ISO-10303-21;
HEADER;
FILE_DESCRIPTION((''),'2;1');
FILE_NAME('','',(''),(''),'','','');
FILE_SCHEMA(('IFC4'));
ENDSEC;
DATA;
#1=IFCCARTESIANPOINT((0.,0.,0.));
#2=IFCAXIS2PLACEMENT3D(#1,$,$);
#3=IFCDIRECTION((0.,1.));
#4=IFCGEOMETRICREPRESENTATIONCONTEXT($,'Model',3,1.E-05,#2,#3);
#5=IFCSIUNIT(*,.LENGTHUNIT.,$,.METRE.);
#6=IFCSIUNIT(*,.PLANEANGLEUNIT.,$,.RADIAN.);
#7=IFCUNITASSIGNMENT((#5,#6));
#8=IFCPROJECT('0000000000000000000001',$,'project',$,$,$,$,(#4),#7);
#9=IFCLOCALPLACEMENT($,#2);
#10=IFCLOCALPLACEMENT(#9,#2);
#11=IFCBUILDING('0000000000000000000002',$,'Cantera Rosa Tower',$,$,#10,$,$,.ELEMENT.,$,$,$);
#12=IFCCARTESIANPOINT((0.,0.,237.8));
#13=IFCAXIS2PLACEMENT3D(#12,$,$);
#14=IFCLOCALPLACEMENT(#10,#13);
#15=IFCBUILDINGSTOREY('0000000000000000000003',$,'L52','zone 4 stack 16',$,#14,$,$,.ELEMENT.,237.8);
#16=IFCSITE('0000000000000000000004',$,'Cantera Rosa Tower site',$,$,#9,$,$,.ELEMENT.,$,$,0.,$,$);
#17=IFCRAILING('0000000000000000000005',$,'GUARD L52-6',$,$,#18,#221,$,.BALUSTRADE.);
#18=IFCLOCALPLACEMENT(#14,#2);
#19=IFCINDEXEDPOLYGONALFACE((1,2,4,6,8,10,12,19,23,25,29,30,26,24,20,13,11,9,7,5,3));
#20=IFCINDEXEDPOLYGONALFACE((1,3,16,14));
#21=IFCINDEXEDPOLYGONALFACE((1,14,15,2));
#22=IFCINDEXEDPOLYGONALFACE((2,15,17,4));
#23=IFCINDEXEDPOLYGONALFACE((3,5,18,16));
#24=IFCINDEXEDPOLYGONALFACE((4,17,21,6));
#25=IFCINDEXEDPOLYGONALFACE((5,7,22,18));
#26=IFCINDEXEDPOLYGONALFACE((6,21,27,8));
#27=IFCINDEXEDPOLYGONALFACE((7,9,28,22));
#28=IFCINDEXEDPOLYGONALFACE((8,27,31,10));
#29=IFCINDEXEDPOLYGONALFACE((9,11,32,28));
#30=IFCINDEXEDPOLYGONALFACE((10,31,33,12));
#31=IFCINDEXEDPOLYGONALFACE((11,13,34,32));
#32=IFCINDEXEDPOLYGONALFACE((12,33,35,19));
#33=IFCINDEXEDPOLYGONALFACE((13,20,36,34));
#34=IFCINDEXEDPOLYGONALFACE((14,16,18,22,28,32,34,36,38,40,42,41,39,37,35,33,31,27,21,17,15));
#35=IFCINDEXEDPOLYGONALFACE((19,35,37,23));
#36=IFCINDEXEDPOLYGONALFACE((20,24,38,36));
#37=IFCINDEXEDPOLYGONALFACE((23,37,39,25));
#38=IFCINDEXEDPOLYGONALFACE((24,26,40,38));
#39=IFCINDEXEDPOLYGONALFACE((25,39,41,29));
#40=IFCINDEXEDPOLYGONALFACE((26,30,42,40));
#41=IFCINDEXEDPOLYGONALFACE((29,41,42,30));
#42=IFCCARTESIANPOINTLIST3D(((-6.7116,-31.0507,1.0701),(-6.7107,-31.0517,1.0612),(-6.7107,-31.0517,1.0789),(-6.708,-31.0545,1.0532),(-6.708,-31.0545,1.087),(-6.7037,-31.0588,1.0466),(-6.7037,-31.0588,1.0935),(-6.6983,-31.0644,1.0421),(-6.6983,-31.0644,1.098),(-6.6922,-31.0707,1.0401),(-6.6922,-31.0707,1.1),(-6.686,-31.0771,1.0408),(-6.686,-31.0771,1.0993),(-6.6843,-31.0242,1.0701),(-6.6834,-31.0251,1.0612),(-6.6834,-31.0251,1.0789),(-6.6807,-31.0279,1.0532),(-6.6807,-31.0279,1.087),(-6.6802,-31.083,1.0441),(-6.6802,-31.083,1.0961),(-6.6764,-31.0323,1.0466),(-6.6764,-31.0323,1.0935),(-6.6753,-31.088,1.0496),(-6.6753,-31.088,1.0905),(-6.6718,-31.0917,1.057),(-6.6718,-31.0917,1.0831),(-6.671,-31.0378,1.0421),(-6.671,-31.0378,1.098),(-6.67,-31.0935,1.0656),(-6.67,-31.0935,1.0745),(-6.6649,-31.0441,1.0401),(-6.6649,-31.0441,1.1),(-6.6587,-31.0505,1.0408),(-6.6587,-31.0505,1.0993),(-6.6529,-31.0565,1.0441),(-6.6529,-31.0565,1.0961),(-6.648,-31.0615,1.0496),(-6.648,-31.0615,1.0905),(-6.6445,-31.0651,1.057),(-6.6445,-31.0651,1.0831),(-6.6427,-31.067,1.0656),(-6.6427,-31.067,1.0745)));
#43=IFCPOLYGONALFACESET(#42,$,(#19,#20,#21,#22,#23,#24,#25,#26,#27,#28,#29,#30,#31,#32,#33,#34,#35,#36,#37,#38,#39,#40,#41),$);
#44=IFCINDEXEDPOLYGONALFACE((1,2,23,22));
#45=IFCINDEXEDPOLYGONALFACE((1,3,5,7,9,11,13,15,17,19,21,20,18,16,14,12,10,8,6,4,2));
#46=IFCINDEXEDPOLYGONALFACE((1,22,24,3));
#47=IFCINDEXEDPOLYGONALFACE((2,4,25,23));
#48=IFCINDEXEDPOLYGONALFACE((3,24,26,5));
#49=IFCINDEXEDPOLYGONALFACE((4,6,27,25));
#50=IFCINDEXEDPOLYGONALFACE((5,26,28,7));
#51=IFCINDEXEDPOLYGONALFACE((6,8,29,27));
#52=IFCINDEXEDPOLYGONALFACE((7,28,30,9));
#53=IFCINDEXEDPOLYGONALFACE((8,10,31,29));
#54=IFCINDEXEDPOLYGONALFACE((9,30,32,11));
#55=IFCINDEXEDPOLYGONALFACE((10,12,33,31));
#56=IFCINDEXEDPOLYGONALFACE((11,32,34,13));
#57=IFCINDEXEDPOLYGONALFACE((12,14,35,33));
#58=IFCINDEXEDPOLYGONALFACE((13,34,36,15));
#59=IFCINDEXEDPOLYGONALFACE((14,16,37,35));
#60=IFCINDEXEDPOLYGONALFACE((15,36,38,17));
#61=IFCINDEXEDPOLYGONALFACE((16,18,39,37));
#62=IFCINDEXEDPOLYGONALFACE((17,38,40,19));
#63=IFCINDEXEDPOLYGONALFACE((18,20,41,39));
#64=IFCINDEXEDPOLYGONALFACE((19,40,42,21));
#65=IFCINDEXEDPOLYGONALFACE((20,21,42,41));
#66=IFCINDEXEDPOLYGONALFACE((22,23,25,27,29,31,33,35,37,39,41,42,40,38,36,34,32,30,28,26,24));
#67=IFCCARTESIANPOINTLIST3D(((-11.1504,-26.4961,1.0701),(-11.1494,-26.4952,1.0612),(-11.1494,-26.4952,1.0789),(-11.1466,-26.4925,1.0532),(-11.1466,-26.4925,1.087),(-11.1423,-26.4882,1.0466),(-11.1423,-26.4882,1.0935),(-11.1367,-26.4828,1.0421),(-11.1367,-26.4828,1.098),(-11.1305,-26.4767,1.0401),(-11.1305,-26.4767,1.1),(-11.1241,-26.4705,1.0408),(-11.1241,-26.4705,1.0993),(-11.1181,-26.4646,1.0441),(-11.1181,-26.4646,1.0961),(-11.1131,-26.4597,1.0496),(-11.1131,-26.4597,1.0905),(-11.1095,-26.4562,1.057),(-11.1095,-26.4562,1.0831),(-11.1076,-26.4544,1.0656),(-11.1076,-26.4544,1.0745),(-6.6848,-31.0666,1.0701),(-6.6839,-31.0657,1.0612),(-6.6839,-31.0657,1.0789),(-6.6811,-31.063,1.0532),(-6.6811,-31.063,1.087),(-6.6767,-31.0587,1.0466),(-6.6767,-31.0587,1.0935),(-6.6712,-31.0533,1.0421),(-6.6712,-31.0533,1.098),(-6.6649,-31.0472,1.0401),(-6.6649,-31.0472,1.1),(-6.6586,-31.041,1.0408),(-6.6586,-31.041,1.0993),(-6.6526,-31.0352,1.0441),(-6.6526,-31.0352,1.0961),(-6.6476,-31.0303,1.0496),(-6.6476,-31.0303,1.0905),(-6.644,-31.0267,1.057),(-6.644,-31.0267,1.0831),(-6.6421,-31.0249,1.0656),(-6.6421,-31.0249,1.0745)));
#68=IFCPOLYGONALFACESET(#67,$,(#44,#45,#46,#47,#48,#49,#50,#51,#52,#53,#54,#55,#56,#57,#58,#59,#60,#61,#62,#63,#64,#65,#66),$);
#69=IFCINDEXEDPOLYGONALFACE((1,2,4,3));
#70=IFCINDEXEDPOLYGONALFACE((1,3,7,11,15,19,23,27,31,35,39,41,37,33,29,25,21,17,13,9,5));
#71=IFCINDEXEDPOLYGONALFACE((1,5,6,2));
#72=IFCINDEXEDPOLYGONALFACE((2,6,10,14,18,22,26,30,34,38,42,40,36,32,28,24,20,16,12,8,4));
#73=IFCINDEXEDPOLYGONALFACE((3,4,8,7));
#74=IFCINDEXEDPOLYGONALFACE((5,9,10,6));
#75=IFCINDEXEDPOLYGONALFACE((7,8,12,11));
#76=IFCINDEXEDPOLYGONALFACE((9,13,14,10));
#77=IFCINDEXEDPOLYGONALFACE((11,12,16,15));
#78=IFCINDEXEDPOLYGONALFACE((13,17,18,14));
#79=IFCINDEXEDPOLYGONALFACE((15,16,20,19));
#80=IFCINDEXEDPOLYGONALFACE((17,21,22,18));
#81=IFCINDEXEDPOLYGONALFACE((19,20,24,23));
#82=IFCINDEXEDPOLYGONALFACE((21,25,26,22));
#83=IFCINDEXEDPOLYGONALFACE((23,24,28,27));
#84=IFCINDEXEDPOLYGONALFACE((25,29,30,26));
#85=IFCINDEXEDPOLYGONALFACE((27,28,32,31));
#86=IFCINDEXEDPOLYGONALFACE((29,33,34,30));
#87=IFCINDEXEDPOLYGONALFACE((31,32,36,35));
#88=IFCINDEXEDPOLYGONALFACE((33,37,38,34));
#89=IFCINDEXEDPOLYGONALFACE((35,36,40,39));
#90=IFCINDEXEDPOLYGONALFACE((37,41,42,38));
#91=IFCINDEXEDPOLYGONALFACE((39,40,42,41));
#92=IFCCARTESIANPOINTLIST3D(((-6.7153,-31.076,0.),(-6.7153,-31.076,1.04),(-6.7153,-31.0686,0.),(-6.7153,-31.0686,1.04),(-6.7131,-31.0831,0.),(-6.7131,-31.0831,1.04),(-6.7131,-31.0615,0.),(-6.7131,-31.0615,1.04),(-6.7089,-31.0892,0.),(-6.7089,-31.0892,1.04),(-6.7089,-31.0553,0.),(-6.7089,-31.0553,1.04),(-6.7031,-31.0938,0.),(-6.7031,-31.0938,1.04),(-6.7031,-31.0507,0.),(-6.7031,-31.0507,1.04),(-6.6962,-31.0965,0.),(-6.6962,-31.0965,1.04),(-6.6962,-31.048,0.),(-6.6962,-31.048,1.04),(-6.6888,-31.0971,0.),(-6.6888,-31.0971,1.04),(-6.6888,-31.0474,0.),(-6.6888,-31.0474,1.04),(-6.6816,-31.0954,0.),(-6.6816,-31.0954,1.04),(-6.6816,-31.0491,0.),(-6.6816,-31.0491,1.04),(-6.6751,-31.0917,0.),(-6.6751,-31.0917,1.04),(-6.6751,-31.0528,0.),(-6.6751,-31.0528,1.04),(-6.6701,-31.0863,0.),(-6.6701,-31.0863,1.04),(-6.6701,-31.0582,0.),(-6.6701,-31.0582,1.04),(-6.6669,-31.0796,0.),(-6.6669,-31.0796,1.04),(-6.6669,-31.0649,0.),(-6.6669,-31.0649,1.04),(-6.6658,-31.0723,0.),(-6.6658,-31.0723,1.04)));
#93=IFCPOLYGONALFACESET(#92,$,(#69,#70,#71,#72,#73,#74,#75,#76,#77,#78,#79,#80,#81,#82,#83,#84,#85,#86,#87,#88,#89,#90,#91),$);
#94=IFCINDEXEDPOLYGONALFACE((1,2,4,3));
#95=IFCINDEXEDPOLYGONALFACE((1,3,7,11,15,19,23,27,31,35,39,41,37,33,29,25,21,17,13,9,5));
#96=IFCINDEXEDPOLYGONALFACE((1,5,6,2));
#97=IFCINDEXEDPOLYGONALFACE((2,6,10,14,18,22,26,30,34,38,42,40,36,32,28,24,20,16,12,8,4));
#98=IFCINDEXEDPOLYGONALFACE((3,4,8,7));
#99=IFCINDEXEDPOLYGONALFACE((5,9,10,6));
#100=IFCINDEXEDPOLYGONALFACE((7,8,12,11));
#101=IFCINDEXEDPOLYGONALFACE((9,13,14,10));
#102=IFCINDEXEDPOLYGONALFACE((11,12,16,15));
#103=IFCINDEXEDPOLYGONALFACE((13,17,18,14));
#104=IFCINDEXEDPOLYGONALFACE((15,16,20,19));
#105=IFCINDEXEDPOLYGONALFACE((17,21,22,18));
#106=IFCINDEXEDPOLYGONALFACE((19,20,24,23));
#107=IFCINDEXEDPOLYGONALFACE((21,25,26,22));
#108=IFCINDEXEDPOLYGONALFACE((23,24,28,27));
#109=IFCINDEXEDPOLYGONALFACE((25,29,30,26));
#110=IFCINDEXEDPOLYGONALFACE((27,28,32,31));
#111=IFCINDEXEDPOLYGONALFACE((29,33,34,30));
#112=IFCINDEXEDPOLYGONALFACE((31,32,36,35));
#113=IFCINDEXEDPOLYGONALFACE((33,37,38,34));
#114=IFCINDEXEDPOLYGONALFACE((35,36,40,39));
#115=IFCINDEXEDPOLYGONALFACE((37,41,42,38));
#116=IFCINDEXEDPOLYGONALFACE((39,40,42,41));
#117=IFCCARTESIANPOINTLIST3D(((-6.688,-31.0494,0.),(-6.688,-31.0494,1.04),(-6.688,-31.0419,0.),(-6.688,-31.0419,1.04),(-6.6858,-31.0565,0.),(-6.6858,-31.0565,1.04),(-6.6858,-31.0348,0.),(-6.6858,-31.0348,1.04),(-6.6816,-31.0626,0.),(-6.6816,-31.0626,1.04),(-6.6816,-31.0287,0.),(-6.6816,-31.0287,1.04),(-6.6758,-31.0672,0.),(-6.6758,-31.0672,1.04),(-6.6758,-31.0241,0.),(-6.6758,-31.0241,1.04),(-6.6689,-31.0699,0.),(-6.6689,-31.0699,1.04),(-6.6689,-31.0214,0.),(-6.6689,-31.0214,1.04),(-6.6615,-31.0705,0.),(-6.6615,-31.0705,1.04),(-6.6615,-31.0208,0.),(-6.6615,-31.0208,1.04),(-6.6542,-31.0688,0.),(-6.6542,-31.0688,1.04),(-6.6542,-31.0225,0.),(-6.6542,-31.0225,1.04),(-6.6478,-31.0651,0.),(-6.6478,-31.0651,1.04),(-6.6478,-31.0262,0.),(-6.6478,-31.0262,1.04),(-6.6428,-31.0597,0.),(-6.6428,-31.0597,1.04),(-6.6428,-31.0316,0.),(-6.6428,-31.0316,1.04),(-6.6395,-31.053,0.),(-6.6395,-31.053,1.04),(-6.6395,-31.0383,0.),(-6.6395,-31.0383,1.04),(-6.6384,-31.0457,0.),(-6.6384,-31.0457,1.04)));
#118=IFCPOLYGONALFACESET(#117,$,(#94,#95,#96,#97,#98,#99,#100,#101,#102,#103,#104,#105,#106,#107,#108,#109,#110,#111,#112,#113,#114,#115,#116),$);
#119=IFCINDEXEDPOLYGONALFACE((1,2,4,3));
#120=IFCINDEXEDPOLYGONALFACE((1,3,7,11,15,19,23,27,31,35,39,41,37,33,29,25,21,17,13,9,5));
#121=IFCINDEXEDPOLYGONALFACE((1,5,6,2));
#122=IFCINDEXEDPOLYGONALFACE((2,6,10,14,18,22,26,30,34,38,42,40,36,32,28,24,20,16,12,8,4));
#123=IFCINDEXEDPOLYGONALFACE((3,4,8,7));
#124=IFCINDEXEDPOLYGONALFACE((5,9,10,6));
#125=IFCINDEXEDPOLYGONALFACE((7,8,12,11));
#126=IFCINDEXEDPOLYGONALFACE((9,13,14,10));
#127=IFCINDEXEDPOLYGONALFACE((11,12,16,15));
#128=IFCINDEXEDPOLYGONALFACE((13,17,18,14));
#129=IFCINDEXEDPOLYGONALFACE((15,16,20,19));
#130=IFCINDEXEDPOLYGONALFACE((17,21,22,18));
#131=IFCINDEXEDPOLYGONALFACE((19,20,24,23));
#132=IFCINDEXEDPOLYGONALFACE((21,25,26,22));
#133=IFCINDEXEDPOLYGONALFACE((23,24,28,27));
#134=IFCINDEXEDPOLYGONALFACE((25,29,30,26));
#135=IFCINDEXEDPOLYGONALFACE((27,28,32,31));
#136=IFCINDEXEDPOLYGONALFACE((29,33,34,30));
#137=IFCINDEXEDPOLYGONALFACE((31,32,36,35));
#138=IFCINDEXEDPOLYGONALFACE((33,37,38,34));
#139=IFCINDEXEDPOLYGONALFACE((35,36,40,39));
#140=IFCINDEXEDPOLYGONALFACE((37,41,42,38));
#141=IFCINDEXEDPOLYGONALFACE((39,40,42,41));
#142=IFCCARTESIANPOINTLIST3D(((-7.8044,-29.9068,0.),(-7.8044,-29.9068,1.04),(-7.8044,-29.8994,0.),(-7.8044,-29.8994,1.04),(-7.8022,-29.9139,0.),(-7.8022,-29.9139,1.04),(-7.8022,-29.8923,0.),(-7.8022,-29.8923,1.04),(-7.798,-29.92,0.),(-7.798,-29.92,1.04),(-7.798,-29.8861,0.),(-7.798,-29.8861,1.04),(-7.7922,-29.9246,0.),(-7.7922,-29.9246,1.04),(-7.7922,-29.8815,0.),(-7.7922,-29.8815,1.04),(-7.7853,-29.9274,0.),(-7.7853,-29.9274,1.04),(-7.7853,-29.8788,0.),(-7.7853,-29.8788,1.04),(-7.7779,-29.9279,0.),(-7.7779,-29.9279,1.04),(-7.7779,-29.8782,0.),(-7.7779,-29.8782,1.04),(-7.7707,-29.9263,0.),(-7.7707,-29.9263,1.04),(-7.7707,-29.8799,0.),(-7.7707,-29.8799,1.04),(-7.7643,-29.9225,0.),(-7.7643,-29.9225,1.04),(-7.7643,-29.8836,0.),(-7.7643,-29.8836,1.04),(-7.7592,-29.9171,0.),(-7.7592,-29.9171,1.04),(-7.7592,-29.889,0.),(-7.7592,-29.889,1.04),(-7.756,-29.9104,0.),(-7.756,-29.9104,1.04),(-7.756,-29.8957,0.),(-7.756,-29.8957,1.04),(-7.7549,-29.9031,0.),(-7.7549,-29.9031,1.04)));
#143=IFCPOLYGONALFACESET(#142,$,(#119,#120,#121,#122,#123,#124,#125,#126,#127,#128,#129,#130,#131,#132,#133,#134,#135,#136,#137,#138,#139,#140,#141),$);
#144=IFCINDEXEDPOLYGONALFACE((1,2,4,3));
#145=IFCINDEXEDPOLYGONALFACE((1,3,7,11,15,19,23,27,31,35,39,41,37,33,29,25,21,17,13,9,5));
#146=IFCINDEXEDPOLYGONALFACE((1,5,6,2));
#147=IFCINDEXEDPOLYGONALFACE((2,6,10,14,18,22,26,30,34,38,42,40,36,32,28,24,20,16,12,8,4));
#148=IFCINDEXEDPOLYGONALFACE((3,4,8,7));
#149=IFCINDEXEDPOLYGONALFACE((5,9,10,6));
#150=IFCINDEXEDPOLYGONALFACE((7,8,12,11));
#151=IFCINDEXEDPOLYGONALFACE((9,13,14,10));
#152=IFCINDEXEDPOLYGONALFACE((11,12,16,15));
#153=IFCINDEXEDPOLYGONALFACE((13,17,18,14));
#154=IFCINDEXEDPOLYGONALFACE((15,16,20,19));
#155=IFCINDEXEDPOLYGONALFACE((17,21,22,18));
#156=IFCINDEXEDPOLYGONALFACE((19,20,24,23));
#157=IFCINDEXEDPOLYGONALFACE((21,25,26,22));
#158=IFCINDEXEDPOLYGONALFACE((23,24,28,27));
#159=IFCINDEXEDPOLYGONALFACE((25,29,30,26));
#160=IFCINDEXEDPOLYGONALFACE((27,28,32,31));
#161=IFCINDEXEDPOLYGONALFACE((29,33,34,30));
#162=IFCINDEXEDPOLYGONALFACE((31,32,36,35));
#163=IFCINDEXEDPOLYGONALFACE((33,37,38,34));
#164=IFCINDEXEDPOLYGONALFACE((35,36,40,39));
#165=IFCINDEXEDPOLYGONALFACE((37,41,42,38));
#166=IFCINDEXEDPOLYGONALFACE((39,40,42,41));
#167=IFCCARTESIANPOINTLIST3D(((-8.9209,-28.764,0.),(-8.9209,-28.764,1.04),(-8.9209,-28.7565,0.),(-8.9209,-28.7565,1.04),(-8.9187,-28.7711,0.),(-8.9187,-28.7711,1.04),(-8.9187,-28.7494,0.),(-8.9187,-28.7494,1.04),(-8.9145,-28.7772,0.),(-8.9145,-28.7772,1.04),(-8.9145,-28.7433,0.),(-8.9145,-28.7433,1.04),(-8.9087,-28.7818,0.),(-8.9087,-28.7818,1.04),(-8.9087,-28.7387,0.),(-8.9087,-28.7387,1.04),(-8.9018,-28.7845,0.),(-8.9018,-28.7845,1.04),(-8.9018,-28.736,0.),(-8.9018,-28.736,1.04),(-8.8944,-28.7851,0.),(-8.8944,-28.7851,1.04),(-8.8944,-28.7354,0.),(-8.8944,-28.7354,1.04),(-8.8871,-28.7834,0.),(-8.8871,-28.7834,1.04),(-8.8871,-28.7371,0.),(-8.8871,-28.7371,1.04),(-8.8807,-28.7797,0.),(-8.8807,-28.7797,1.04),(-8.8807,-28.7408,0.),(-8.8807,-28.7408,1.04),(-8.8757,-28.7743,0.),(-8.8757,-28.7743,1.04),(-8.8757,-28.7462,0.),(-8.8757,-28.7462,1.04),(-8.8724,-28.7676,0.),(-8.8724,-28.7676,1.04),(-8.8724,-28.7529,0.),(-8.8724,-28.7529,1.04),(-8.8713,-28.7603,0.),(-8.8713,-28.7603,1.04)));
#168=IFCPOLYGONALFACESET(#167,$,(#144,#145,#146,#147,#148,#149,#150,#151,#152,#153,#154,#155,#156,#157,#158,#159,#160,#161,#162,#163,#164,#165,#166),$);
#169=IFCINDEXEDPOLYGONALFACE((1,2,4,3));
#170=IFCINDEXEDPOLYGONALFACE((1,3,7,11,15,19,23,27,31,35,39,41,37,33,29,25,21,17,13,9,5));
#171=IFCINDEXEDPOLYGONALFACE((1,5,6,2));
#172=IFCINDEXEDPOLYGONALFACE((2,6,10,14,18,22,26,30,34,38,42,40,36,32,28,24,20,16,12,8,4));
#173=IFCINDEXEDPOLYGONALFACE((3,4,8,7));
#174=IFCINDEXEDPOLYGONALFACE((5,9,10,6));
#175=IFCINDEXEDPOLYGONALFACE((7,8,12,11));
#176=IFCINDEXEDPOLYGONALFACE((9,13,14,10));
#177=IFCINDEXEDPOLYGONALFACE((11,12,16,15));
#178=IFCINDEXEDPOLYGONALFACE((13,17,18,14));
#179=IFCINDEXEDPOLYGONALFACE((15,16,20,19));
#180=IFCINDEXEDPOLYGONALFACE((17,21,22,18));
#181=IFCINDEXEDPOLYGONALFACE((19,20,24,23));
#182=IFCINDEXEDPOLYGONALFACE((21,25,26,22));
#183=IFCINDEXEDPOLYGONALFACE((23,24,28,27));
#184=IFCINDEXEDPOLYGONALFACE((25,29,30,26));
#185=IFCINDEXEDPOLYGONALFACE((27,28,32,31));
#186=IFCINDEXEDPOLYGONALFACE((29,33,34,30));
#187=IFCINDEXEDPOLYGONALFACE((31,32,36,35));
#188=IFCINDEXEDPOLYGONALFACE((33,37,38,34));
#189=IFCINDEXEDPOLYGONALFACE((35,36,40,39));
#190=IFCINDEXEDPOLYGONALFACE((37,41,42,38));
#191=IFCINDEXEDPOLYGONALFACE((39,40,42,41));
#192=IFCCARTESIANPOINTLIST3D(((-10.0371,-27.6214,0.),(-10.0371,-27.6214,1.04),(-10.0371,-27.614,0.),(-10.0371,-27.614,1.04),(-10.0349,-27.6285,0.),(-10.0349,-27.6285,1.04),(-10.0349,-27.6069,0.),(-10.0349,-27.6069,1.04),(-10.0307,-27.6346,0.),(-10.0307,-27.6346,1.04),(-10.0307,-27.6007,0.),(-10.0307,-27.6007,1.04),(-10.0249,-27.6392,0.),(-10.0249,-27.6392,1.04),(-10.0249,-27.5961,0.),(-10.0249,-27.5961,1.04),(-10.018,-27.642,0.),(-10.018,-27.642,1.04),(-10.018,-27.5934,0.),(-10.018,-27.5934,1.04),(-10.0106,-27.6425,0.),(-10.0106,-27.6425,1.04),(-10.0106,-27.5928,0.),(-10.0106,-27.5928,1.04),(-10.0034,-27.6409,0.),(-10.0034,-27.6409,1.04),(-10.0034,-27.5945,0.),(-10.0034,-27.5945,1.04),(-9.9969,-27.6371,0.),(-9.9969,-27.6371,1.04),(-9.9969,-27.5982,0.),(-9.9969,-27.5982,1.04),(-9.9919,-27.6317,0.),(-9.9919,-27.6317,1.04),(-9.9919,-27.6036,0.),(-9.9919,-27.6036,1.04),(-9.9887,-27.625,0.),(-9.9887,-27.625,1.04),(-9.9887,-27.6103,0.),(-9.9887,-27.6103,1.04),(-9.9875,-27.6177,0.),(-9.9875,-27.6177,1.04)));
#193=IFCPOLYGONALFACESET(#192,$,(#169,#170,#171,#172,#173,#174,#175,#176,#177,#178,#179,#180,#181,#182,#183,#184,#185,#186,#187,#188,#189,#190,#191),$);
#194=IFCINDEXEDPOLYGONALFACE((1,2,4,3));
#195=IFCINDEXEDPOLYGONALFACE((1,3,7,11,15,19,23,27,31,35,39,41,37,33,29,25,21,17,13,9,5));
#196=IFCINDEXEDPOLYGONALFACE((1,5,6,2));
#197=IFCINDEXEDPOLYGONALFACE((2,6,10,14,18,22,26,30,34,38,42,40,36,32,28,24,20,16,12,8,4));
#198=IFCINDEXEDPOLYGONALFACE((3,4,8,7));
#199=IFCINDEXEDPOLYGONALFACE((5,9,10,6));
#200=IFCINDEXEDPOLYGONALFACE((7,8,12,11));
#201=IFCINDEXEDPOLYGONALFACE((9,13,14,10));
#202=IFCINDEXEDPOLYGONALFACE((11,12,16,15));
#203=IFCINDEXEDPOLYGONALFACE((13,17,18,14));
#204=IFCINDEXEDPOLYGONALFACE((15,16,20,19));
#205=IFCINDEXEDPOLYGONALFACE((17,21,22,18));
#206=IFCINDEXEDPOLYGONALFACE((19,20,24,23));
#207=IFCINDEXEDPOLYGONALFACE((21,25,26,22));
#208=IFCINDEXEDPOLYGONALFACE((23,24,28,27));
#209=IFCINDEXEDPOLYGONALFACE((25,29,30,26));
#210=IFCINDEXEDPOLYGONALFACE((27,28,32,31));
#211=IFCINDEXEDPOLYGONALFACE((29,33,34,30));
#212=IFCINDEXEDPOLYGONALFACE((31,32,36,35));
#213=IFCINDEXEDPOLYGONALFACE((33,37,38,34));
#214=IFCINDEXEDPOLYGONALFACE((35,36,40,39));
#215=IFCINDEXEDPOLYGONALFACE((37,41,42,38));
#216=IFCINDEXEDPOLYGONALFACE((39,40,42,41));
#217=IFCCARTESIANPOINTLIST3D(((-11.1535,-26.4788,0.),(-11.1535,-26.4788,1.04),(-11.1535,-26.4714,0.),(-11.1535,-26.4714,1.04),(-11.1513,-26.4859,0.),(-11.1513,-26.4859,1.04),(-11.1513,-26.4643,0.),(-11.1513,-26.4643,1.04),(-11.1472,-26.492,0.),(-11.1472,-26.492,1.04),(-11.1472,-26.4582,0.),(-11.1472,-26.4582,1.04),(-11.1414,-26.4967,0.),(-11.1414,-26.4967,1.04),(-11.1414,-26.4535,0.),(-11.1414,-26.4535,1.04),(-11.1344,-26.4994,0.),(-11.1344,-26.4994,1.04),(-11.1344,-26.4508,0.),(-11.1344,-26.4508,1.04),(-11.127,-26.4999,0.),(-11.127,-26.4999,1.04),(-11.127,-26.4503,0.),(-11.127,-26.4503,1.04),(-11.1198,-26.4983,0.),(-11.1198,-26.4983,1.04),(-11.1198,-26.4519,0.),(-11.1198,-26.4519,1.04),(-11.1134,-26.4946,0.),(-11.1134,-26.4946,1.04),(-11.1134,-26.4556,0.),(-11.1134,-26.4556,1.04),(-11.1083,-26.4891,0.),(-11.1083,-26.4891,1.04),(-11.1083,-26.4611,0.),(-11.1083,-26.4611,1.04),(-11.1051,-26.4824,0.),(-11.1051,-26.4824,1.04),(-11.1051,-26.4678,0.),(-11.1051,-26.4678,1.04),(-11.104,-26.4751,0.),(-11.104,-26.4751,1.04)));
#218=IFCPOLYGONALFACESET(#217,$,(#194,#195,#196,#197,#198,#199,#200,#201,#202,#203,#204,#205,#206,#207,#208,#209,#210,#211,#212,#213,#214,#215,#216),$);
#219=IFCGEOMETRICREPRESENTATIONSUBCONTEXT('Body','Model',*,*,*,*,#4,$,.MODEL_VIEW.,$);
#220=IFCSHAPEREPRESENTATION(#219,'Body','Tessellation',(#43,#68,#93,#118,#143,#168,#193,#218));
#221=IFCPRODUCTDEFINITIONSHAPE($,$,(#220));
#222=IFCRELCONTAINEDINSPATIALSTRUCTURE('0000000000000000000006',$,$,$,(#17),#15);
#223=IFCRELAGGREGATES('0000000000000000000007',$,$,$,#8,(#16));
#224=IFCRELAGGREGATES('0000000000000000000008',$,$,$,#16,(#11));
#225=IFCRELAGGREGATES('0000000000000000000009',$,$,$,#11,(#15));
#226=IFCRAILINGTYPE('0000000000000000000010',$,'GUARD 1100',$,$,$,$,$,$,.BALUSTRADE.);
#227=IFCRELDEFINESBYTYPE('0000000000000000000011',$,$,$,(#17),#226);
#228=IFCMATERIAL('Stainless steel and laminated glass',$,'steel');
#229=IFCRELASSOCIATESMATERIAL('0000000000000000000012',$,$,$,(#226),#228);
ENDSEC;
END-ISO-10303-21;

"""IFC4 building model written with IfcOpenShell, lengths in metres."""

from ifc_helpers import new_model, si_unit, direction, frame, origin, origin_2d, place, context, subcontext, project, spatial, circle, extrude, material, type_object, element, save


model = new_model("IFC4")

# Units and contexts
model_context = context("Model", 3, precision=1e-05, world=origin(), true_north=direction((0.0, 1.0)))
body_context = subcontext(model_context, "Body", "Model", "MODEL_VIEW")
ifc_project = project(units=[si_unit("LENGTHUNIT", "METRE"), si_unit("PLANEANGLEUNIT", "RADIAN")], contexts=[model_context])

# Site, building, storey
site_placement = place(None, origin())
site = spatial("IfcSite", under=ifc_project, at=site_placement, Name="Cantera Rosa Tower site", CompositionType="ELEMENT", RefElevation=0.0)
building_placement = place(site_placement, origin())
building = spatial("IfcBuilding", under=site, at=building_placement, Name="Cantera Rosa Tower", CompositionType="ELEMENT")
storey_placement = place(building_placement, frame((0.0, 0.0, 237.8)))
storey = spatial("IfcBuildingStorey", under=building, at=storey_placement, Name="L52", Description="zone 4 stack 16", CompositionType="ELEMENT", Elevation=237.8)

# Railing
ifc_material_1 = material(Name="Stainless steel and laminated glass", Category="steel")
railing_type = type_object("IfcRailingType", Name="GUARD 1100", PredefinedType="BALUSTRADE", material=ifc_material_1)
railing_1_placement = place(storey_placement, frame((-6.6907, -31.0723, 0.0)))
element("IfcRailing", 1, at=railing_1_placement, inside=storey, type_object=railing_type, Name="GUARD L52-6", PredefinedType="BALUSTRADE", context=body_context, shape_type="SweptSolid", body=[
    extrude(circle(Radius=0.03, at=origin_2d()), frame((0.0, 0.0, 1.0701), z_axis=(0.716639, 0.697444, 0.0), x_axis=(-0.697444, 0.716639, 0.0)), (0.0, 0.0, 1.0), 0.0381),
    extrude(circle(Radius=0.03, at=origin_2d()), frame((0.0273, 0.0266, 1.0701), z_axis=(-0.698845, 0.715274, 0.0), x_axis=(-0.715274, -0.698845, 0.0)), (0.0, 0.0, 1.0), 6.3899),
    extrude(circle(Radius=0.0249, at=origin_2d()), origin(), (0.0, 0.0, 1.0), 1.04),
    extrude(circle(Radius=0.0249, at=origin_2d()), frame((0.0273, 0.0266, 0.0)), (0.0, 0.0, 1.0), 1.04),
    extrude(circle(Radius=0.0249, at=origin_2d()), frame((-1.0891, 1.1692, 0.0)), (0.0, 0.0, 1.0), 1.04),
    extrude(circle(Radius=0.0249, at=origin_2d()), frame((-2.2056, 2.312, 0.0)), (0.0, 0.0, 1.0), 1.04),
    extrude(circle(Radius=0.0249, at=origin_2d()), frame((-3.3218, 3.4546, 0.0)), (0.0, 0.0, 1.0), 1.04),
    extrude(circle(Radius=0.0249, at=origin_2d()), frame((-4.4382, 4.5972, 0.0)), (0.0, 0.0, 1.0), 1.04),
])

save(model, "model.ifc")
